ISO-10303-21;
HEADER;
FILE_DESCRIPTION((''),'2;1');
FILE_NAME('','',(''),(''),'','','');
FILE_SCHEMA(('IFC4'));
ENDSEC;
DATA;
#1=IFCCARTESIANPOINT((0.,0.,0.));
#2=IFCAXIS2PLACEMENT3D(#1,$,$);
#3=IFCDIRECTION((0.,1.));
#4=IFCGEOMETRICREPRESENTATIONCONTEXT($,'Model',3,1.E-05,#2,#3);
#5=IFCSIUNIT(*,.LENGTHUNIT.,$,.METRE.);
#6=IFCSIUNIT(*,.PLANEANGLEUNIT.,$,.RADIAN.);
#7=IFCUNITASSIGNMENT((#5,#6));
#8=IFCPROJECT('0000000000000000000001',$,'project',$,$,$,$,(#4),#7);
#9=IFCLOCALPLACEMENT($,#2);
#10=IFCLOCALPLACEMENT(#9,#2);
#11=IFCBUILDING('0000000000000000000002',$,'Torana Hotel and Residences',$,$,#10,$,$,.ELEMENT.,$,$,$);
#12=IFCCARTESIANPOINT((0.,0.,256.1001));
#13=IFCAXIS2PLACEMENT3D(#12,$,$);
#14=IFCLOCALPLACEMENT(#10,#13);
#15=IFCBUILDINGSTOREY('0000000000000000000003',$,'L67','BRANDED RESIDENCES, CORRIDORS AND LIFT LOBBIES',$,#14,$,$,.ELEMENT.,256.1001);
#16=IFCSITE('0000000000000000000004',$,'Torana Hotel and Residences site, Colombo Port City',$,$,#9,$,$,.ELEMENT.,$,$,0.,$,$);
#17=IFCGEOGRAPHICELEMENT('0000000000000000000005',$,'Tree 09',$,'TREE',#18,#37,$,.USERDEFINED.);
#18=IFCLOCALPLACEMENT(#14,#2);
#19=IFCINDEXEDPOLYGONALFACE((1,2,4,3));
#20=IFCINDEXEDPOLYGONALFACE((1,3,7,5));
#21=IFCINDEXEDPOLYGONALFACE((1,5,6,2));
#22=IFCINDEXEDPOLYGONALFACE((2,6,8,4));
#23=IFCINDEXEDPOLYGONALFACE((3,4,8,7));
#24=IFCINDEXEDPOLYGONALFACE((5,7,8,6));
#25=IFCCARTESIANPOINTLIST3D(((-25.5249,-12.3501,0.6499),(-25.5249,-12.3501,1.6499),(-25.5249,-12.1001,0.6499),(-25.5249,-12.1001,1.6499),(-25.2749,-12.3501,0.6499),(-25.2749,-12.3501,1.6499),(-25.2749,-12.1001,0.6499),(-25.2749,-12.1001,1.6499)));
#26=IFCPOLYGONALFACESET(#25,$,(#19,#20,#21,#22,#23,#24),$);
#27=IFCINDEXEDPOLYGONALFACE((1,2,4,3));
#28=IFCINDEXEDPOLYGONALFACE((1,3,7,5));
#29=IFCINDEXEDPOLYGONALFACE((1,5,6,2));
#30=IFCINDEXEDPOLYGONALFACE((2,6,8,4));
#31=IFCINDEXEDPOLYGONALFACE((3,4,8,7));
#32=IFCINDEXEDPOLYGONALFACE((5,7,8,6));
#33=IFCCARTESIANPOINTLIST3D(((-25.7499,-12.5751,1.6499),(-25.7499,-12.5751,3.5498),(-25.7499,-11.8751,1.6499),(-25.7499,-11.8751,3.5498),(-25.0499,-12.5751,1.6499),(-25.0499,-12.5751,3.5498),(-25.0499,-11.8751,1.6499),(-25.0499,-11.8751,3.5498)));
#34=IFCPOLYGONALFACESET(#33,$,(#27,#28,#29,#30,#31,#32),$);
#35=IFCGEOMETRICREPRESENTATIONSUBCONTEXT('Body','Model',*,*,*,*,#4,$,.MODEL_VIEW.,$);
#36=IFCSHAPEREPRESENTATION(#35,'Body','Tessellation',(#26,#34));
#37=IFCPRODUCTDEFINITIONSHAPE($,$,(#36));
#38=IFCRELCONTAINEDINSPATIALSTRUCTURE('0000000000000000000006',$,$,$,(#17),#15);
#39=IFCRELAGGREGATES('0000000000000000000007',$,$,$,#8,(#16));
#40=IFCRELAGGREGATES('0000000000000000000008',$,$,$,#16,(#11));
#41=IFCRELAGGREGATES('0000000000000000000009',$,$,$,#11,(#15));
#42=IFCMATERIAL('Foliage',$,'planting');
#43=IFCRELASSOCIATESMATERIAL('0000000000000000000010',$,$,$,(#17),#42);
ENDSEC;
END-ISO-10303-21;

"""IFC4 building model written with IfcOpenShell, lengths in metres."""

from ifc_helpers import new_model, si_unit, direction, frame, origin, origin_2d, place, context, subcontext, project, spatial, rectangle, extrude, material, element, save


model = new_model("IFC4")

# Units and contexts
model_context = context("Model", 3, precision=1e-05, world=origin(), true_north=direction((0.0, 1.0)))
body_context = subcontext(model_context, "Body", "Model", "MODEL_VIEW")
ifc_project = project(units=[si_unit("LENGTHUNIT", "METRE"), si_unit("PLANEANGLEUNIT", "RADIAN")], contexts=[model_context])

# Site, building, storey
site_placement = place(None, origin())
site = spatial("IfcSite", under=ifc_project, at=site_placement, Name="Torana Hotel and Residences site, Colombo Port City", CompositionType="ELEMENT", RefElevation=0.0)
building_placement = place(site_placement, origin())
building = spatial("IfcBuilding", under=site, at=building_placement, Name="Torana Hotel and Residences", CompositionType="ELEMENT")
storey_placement = place(building_placement, frame((0.0, 0.0, 256.1001)))
storey = spatial("IfcBuildingStorey", under=building, at=storey_placement, Name="L67", Description="BRANDED RESIDENCES, CORRIDORS AND LIFT LOBBIES", CompositionType="ELEMENT", Elevation=256.1001)

# Geographic element
ifc_material_1 = material(Name="Foliage", Category="planting")
geographic_element_placement = place(storey_placement, frame((-25.3999, -12.2251, 0.6499), z_axis=(0.0, 0.0, 1.0), x_axis=(1.0, 0.0, 0.0)))
element("IfcGeographicElement", 1, at=geographic_element_placement, inside=storey, material=ifc_material_1, Name="Tree 09", ObjectType="TREE", PredefinedType="USERDEFINED", context=body_context, shape_type="SweptSolid", body=[
    extrude(rectangle(XDim=0.25, YDim=0.25, at=origin_2d()), origin(), (0.0, 0.0, 1.0), 1.0),
    extrude(rectangle(XDim=0.7, YDim=0.7, at=origin_2d()), frame((0.0, 0.0, 1.0)), (0.0, 0.0, 1.0), 1.8999),
])

save(model, "model.ifc")
